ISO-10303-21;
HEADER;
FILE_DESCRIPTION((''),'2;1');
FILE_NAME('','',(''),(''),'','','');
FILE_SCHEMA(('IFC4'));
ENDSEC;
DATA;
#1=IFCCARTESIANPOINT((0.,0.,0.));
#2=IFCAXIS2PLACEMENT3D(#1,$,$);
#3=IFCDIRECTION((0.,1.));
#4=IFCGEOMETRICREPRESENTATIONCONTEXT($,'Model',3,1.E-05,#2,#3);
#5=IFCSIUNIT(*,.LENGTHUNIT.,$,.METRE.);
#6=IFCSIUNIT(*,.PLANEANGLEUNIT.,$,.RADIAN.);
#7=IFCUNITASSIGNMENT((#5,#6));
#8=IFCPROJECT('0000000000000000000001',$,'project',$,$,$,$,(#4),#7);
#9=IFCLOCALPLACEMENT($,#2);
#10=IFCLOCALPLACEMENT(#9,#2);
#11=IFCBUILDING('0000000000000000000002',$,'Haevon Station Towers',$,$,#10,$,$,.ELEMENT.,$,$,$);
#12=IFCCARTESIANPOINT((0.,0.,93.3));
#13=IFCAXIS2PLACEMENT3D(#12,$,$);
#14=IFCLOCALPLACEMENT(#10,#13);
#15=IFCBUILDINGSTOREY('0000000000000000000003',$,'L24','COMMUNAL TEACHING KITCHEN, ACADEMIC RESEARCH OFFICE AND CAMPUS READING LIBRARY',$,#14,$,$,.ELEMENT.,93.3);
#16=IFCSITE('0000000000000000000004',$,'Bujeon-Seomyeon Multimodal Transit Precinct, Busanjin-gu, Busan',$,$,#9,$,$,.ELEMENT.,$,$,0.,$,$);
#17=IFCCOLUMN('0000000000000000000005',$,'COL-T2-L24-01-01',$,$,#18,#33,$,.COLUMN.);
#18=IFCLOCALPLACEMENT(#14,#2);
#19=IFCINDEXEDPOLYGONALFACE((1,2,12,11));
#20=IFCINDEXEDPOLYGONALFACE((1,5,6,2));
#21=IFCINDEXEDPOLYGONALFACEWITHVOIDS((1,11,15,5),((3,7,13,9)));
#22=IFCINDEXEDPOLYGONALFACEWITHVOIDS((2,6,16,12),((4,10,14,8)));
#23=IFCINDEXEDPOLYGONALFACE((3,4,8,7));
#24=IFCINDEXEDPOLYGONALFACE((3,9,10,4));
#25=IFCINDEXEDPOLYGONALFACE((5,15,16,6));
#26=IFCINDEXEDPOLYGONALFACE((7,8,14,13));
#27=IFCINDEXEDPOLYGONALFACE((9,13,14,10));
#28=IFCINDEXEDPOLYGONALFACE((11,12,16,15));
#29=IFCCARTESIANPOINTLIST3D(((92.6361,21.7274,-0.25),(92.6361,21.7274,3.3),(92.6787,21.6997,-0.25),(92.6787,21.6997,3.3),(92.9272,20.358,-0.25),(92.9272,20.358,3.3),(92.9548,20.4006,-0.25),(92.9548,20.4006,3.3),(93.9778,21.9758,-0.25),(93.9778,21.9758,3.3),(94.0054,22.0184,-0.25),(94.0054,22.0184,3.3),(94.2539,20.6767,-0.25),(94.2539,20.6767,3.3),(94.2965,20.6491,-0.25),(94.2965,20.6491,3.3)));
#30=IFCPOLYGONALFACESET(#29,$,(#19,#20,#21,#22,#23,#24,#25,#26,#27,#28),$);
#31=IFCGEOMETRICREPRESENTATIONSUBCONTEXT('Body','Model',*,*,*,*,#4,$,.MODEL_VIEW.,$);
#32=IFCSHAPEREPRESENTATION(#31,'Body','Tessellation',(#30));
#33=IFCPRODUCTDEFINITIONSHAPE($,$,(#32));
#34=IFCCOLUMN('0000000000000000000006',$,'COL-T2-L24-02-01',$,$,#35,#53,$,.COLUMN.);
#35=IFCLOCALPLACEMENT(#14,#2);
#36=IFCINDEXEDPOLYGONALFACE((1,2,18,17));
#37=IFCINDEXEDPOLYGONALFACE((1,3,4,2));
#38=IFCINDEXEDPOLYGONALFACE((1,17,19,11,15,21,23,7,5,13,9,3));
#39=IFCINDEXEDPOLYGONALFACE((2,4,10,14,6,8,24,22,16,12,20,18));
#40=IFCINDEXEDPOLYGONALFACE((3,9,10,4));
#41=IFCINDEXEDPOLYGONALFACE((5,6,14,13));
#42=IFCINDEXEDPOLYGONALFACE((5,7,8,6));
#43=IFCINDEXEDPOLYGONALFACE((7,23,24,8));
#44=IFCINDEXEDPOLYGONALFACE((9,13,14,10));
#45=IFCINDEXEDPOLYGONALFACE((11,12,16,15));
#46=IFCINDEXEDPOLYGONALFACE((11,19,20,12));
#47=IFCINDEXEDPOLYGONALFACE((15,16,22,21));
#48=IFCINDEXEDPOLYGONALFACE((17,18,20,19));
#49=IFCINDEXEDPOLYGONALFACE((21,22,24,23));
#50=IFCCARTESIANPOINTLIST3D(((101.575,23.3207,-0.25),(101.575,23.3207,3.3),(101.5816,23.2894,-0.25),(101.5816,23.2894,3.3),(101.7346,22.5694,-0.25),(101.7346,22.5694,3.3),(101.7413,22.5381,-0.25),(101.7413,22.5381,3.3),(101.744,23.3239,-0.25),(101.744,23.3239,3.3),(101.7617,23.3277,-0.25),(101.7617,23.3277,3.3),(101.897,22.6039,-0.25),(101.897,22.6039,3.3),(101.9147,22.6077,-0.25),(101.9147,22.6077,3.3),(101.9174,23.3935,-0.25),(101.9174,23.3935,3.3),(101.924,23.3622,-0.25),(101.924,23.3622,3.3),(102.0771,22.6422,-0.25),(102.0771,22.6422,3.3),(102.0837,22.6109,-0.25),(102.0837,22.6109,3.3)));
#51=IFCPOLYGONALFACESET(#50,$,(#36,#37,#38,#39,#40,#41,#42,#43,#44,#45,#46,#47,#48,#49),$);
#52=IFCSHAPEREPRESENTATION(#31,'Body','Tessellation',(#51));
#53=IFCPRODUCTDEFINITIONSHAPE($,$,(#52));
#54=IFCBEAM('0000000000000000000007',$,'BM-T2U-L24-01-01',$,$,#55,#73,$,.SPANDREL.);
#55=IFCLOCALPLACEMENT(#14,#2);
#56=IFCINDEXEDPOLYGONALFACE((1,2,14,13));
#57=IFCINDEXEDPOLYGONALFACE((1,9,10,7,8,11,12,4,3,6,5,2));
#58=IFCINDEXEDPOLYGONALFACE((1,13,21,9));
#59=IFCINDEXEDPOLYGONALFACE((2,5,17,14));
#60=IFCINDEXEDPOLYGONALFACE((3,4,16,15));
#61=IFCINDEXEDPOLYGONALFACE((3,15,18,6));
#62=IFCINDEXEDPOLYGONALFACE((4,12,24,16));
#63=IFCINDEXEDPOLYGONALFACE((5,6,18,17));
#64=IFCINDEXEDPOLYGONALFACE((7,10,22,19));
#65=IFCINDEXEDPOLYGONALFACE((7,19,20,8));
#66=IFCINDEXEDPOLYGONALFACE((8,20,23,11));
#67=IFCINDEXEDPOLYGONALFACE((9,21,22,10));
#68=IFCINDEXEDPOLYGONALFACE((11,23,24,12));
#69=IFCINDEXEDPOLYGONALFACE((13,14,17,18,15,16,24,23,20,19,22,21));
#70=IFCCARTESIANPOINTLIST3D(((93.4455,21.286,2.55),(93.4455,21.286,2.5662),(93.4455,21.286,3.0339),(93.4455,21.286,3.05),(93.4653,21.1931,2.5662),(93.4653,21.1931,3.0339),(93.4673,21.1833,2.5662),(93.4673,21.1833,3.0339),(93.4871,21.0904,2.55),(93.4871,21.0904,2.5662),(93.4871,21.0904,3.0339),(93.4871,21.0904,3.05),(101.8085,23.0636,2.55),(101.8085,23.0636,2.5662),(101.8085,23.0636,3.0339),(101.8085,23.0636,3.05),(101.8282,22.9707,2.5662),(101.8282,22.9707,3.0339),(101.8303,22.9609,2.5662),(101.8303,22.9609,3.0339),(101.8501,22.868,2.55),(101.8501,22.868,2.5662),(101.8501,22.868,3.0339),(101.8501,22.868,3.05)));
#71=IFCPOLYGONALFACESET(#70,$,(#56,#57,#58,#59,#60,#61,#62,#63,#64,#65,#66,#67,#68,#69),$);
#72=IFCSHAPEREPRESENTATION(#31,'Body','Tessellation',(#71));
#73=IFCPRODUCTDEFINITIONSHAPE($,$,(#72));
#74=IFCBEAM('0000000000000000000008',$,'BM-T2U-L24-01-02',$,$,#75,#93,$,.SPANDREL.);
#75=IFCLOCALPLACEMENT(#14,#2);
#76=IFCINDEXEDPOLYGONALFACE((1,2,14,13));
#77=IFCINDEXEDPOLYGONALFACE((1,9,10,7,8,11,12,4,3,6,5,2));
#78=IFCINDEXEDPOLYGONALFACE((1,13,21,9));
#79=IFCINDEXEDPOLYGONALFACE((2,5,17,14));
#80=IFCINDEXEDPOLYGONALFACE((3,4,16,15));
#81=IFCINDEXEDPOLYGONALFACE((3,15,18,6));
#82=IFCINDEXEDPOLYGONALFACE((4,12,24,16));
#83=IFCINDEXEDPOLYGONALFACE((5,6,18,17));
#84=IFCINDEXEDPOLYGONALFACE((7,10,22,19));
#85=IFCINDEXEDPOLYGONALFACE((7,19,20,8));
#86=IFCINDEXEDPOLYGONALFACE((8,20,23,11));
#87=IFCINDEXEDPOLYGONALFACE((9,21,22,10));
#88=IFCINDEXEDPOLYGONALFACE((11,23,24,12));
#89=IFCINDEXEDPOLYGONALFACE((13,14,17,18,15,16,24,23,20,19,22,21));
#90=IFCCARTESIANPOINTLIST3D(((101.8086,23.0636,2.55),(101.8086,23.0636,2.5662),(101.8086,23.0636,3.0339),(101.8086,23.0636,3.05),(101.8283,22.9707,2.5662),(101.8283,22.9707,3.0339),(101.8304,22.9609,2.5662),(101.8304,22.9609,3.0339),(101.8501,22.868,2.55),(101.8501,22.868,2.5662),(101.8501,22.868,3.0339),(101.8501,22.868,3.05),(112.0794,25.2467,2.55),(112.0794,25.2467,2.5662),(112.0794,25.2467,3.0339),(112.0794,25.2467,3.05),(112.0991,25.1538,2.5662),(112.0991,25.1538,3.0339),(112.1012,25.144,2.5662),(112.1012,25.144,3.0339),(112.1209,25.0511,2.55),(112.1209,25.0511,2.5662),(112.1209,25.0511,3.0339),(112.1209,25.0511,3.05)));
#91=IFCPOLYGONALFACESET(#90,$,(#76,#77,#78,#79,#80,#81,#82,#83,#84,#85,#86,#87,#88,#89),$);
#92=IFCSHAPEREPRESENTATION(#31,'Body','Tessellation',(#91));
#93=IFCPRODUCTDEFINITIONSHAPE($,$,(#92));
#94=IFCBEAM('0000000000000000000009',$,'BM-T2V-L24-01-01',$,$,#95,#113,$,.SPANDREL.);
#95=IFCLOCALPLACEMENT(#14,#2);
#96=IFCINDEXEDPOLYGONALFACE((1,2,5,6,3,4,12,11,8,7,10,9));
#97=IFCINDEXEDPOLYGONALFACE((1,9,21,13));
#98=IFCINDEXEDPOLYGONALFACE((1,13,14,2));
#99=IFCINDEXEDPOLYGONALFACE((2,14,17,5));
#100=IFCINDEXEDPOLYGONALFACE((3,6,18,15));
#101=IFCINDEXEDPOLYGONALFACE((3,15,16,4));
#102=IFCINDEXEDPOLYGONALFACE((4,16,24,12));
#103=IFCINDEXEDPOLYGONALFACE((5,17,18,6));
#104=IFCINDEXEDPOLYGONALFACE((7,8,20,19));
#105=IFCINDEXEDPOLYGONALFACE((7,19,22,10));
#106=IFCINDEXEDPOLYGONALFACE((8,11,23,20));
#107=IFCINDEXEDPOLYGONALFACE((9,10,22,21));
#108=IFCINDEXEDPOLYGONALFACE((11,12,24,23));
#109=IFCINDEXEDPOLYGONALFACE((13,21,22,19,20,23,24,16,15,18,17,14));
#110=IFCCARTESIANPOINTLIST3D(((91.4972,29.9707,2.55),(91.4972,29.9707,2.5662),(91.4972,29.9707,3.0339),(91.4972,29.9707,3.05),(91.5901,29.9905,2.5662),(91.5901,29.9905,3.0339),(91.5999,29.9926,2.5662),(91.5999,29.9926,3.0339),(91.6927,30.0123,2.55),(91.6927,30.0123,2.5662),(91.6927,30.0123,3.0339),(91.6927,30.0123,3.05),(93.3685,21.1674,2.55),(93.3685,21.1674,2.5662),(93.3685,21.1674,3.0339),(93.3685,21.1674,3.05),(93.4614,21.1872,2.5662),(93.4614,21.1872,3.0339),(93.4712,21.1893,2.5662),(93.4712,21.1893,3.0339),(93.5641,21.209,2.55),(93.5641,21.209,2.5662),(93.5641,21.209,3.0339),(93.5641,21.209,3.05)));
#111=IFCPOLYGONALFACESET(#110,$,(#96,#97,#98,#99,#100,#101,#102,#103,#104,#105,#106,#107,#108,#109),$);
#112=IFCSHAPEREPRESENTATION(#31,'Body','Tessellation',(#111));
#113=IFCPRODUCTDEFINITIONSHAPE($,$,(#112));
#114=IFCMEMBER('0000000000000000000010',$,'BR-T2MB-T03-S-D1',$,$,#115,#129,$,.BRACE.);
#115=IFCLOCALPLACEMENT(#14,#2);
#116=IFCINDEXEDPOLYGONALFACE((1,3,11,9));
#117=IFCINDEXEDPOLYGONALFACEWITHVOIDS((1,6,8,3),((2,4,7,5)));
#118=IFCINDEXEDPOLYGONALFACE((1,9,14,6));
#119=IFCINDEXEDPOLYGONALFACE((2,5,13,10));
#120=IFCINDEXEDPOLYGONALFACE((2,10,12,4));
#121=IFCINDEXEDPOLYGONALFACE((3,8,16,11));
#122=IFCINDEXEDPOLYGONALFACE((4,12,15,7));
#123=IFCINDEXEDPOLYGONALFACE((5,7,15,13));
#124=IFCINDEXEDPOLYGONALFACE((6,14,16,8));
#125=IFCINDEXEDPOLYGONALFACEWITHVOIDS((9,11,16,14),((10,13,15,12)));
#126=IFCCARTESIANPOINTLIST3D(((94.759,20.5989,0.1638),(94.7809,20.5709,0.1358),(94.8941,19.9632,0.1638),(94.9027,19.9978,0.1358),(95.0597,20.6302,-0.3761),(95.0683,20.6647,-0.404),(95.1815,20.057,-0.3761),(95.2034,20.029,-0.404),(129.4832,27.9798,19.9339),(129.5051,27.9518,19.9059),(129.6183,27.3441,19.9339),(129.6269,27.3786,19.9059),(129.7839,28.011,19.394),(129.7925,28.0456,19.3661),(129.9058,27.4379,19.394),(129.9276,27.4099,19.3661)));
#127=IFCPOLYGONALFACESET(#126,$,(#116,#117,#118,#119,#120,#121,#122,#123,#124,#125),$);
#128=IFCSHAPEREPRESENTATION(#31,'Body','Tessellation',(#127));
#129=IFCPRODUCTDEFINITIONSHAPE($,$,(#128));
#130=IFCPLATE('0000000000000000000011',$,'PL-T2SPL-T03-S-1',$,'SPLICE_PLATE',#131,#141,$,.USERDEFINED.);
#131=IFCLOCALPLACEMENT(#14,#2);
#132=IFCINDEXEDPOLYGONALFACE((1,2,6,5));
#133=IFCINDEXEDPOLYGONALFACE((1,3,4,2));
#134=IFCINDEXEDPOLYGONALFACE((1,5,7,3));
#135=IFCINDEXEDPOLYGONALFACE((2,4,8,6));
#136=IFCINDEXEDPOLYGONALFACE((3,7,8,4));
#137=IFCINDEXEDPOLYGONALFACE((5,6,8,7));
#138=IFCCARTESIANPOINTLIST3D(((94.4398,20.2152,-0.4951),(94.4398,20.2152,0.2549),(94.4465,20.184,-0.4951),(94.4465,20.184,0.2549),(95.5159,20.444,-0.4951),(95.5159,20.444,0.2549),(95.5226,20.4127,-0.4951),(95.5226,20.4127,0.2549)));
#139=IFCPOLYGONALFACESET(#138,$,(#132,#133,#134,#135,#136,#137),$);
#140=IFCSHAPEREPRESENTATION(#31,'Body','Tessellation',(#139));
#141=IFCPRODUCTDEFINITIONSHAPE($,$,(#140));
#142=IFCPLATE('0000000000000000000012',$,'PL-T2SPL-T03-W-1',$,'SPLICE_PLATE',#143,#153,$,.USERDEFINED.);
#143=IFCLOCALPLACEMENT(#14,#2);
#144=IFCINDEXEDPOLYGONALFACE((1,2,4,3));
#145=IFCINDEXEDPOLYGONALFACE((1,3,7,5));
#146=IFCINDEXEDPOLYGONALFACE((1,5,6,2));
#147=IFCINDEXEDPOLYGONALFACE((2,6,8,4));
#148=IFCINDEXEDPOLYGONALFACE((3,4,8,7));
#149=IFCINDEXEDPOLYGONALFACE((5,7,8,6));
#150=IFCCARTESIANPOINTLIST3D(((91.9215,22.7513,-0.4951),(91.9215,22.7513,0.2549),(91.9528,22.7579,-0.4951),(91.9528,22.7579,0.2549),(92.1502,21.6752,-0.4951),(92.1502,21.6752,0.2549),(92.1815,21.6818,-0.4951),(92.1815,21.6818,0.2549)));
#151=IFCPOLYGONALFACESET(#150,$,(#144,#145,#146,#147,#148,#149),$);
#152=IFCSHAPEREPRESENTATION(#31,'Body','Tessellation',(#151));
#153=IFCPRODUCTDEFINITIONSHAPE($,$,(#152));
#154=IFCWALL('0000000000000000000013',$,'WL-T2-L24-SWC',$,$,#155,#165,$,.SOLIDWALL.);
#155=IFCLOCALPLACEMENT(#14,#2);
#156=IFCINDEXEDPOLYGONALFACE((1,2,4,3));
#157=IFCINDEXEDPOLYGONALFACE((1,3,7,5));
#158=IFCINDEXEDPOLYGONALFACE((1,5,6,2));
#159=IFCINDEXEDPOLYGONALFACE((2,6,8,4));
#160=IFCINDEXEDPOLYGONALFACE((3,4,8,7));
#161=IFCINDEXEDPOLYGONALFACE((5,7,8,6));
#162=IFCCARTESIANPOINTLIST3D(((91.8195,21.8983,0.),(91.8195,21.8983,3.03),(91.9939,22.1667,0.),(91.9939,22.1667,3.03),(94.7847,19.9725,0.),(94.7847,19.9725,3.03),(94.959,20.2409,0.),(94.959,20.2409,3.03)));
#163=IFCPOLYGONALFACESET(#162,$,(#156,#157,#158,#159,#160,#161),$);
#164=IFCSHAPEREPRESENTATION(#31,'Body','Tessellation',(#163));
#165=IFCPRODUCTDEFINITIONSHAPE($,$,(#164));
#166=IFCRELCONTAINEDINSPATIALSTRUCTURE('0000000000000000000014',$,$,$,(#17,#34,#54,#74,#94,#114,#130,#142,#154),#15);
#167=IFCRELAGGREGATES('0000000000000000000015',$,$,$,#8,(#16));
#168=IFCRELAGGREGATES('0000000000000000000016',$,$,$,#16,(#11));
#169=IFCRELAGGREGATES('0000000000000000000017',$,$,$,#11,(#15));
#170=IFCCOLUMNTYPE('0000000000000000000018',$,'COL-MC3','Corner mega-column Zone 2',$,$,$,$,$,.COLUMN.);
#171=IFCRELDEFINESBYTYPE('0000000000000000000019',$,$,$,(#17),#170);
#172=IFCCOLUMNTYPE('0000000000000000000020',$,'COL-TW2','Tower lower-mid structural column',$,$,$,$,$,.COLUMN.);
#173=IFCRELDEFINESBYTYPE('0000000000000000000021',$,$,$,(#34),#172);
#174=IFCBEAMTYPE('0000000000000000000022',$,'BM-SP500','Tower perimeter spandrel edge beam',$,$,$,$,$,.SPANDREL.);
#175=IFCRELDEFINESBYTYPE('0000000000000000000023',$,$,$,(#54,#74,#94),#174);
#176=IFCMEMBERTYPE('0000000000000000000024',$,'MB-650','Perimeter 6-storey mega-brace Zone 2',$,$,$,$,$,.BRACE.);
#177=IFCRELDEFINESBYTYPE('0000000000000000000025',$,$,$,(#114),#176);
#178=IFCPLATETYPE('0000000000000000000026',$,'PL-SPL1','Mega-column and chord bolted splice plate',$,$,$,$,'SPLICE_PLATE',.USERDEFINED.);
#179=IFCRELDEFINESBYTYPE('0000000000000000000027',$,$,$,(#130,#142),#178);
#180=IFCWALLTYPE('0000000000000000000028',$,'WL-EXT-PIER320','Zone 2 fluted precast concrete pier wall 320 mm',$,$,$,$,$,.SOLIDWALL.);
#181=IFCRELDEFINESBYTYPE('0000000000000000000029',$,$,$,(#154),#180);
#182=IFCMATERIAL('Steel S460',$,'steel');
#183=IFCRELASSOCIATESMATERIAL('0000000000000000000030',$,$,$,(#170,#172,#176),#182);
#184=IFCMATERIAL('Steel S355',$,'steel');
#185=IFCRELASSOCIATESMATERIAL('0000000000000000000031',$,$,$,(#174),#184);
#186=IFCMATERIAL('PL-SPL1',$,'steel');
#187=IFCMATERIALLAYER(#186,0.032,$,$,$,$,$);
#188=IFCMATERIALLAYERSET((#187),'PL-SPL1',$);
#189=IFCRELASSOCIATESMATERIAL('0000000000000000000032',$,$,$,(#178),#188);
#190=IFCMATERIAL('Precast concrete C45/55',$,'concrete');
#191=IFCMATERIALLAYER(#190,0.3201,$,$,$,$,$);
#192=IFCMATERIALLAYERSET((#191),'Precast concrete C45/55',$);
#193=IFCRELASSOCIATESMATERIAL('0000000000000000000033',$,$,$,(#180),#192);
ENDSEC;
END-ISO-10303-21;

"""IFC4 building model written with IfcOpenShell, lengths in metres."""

from ifc_helpers import new_model, si_unit, direction, frame, frame_2d, origin, origin_2d, place, context, subcontext, project, spatial, rectangle, hollow_rectangle, i_section, extrude, material, layer, layer_set, material_profile, profile_set, type_object, element, save


model = new_model("IFC4")

# Units and contexts
model_context = context("Model", 3, precision=1e-05, world=origin(), true_north=direction((0.0, 1.0)))
body_context = subcontext(model_context, "Body", "Model", "MODEL_VIEW")
ifc_project = project(units=[si_unit("LENGTHUNIT", "METRE"), si_unit("PLANEANGLEUNIT", "RADIAN")], contexts=[model_context])

# Site, building, storey
site_placement = place(None, origin())
site = spatial("IfcSite", under=ifc_project, at=site_placement, Name="Bujeon-Seomyeon Multimodal Transit Precinct, Busanjin-gu, Busan", CompositionType="ELEMENT", RefElevation=0.0)
building_placement = place(site_placement, origin())
building = spatial("IfcBuilding", under=site, at=building_placement, Name="Haevon Station Towers", CompositionType="ELEMENT")
storey_placement = place(building_placement, frame((0.0, 0.0, 93.3)))
storey = spatial("IfcBuildingStorey", under=building, at=storey_placement, Name="L24", Description="COMMUNAL TEACHING KITCHEN, ACADEMIC RESEARCH OFFICE AND CAMPUS READING LIBRARY", CompositionType="ELEMENT", Elevation=93.3)

# Columns
ifc_material_1 = material(Name="Steel S460", Category="steel")
ifc_material_profile_1 = material_profile(ifc_material_1, hollow_rectangle(XDim=1.3999, YDim=1.3999, WallThickness=0.0359, at=origin_2d()), Name="BOX-1400x1400x36")
ifc_profile_set_1 = profile_set([ifc_material_profile_1], Name="Steel S460")
column_type_1 = type_object("IfcColumnType", Name="COL-MC3", Description="Corner mega-column Zone 2", PredefinedType="COLUMN", material=ifc_profile_set_1)
column_1_placement = place(storey_placement, frame((93.4663, 21.1882, -0.25), z_axis=(0.0, 0.0, 1.0), x_axis=(0.978148, 0.207912, 0.0)))
element("IfcColumn", 1, at=column_1_placement, inside=storey, type_object=column_type_1, Name="COL-T2-L24-01-01", PredefinedType="COLUMN", context=body_context, shape_type="SweptSolid", body=[
    extrude(hollow_rectangle(XDim=1.3999, YDim=1.3999, WallThickness=0.0359, at=origin_2d()), origin(), (0.0, 0.0, 1.0), 3.55),
])
ifc_material_profile_2 = material_profile(ifc_material_1, i_section(OverallWidth=0.3501, OverallDepth=0.8, WebThickness=0.0181, FlangeThickness=0.032, at=origin_2d()), Name="H-800x350x18x32")
ifc_profile_set_2 = profile_set([ifc_material_profile_2], Name="Steel S460")
column_type_2 = type_object("IfcColumnType", Name="COL-TW2", Description="Tower lower-mid structural column", PredefinedType="COLUMN", material=ifc_profile_set_2)
column_2_placement = place(storey_placement, frame((101.8293, 22.9658, -0.25), z_axis=(0.0, 0.0, 1.0), x_axis=(0.978148, 0.207912, 0.0)))
element("IfcColumn", 2, at=column_2_placement, inside=storey, type_object=column_type_2, Name="COL-T2-L24-02-01", PredefinedType="COLUMN", context=body_context, shape_type="SweptSolid", body=[
    extrude(i_section(OverallWidth=0.3501, OverallDepth=0.8, WebThickness=0.0181, FlangeThickness=0.032, at=origin_2d()), origin(), (0.0, 0.0, 1.0), 3.55),
])

# Beams
ifc_material_2 = material(Name="Steel S355", Category="steel")
ifc_material_profile_3 = material_profile(ifc_material_2, i_section(OverallWidth=0.2, OverallDepth=0.5, WebThickness=0.01, FlangeThickness=0.0161, at=origin_2d()), Name="H-500x200x10x16")
ifc_profile_set_3 = profile_set([ifc_material_profile_3], Name="Steel S355")
beam_type = type_object("IfcBeamType", Name="BM-SP500", Description="Tower perimeter spandrel edge beam", PredefinedType="SPANDREL", material=ifc_profile_set_3)
beam_1_placement = place(storey_placement, frame((93.4663, 21.1882, 2.8), z_axis=(0.978148, 0.207908, 0.0), x_axis=(-0.207908, 0.978148, 0.0)))
element("IfcBeam", 3, at=beam_1_placement, inside=storey, type_object=beam_type, Name="BM-T2U-L24-01-01", PredefinedType="SPANDREL", context=body_context, shape_type="SweptSolid", body=[
    extrude(i_section(OverallWidth=0.2, OverallDepth=0.5, WebThickness=0.01, FlangeThickness=0.0161, at=origin_2d()), origin(), (0.0, 0.0, 1.0), 8.5498),
])
beam_2_placement = place(storey_placement, frame((101.8293, 22.9658, 2.8), z_axis=(0.978148, 0.207911, 0.0), x_axis=(-0.207911, 0.978148, 0.0)))
element("IfcBeam", 4, at=beam_2_placement, inside=storey, type_object=beam_type, Name="BM-T2U-L24-01-02", PredefinedType="SPANDREL", context=body_context, shape_type="SweptSolid", body=[
    extrude(i_section(OverallWidth=0.2, OverallDepth=0.5, WebThickness=0.01, FlangeThickness=0.0161, at=origin_2d()), origin(), (0.0, 0.0, 1.0), 10.5002),
])
beam_3_placement = place(storey_placement, frame((93.4663, 21.1882, 2.8), z_axis=(-0.207928, 0.978144, 0.0), x_axis=(-0.978144, -0.207928, 0.0)))
element("IfcBeam", 5, at=beam_3_placement, inside=storey, type_object=beam_type, Name="BM-T2V-L24-01-01", PredefinedType="SPANDREL", context=body_context, shape_type="SweptSolid", body=[
    extrude(i_section(OverallWidth=0.2, OverallDepth=0.5, WebThickness=0.01, FlangeThickness=0.0161, at=origin_2d()), origin(), (0.0, 0.0, 1.0), 9.0),
])

# Member
ifc_material_profile_4 = material_profile(ifc_material_1, hollow_rectangle(XDim=0.6499, YDim=0.6499, WallThickness=0.032, at=origin_2d()), Name="RHS-650x650x32")
ifc_profile_set_4 = profile_set([ifc_material_profile_4], Name="Steel S460")
member_type = type_object("IfcMemberType", Name="MB-650", Description="Perimeter 6-storey mega-brace Zone 2", PredefinedType="BRACE", material=ifc_profile_set_4)
member_placement = place(storey_placement, frame((94.9812, 20.314, -0.1201), z_axis=(0.854565, 0.181644, 0.486543), x_axis=(-0.207912, 0.978147, 0.0)))
element("IfcMember", 6, at=member_placement, inside=storey, type_object=member_type, Name="BR-T2MB-T03-S-D1", PredefinedType="BRACE", context=body_context, shape_type="SweptSolid", body=[
    extrude(hollow_rectangle(XDim=0.6499, YDim=0.6499, WallThickness=0.032, at=origin_2d()), origin(), (0.0, 0.0, 1.0), 40.6338),
])

# Plates
ifc_material_3 = material(Name="PL-SPL1", Category="steel")
ifc_layer_1 = layer(ifc_material_3, 0.032)
ifc_layer_set_1 = layer_set([ifc_layer_1], Name="PL-SPL1")
plate_type = type_object("IfcPlateType", Name="PL-SPL1", Description="Mega-column and chord bolted splice plate", ElementType="SPLICE_PLATE", PredefinedType="USERDEFINED", material=ifc_layer_set_1)
for number, where, z_axis, x_axis, name in (
    (7, (94.9812, 20.314, -0.4951), (0.0, 0.0, 1.0), (0.978148, 0.207912, 0.0), "PL-T2SPL-T03-S-1"),
    (8, (92.0515, 22.2166, -0.4951), (0.0, 0.0, 1.0), (-0.207912, 0.978148, 0.0), "PL-T2SPL-T03-W-1"),
):
    element("IfcPlate", number, at=place(storey_placement, frame(where, z_axis=z_axis, x_axis=x_axis)), inside=storey, type_object=plate_type, Name=name, ObjectType="SPLICE_PLATE", PredefinedType="USERDEFINED", context=body_context, shape_type="SweptSolid", body=[
        extrude(rectangle(XDim=1.1001, YDim=0.032, at=origin_2d()), origin(), (0.0, 0.0, 1.0), 0.75),
    ])

# Wall
ifc_material_4 = material(Name="Precast concrete C45/55", Category="concrete")
ifc_layer_2 = layer(ifc_material_4, 0.3201)
ifc_layer_set_2 = layer_set([ifc_layer_2], Name="Precast concrete C45/55")
wall_type_1 = type_object("IfcWallType", Name="WL-EXT-PIER320", Description="Zone 2 fluted precast concrete pier wall 320 mm", PredefinedType="SOLIDWALL", material=ifc_layer_set_2)
wall_1_placement = place(storey_placement, frame((94.8718, 20.1067, 0.0), z_axis=(0.0, 0.0, 1.0), x_axis=(-0.838641, 0.544685, 0.0)))
element("IfcWall", 9, at=wall_1_placement, inside=storey, type_object=wall_type_1, Name="WL-T2-L24-SWC", PredefinedType="SOLIDWALL", context=body_context, shape_type="SweptSolid", body=[
    extrude(rectangle(XDim=3.5356, YDim=0.3201, at=frame_2d((1.7678, 0.0))), origin(), (0.0, 0.0, 1.0), 3.03),
])

save(model, "model.ifc")
